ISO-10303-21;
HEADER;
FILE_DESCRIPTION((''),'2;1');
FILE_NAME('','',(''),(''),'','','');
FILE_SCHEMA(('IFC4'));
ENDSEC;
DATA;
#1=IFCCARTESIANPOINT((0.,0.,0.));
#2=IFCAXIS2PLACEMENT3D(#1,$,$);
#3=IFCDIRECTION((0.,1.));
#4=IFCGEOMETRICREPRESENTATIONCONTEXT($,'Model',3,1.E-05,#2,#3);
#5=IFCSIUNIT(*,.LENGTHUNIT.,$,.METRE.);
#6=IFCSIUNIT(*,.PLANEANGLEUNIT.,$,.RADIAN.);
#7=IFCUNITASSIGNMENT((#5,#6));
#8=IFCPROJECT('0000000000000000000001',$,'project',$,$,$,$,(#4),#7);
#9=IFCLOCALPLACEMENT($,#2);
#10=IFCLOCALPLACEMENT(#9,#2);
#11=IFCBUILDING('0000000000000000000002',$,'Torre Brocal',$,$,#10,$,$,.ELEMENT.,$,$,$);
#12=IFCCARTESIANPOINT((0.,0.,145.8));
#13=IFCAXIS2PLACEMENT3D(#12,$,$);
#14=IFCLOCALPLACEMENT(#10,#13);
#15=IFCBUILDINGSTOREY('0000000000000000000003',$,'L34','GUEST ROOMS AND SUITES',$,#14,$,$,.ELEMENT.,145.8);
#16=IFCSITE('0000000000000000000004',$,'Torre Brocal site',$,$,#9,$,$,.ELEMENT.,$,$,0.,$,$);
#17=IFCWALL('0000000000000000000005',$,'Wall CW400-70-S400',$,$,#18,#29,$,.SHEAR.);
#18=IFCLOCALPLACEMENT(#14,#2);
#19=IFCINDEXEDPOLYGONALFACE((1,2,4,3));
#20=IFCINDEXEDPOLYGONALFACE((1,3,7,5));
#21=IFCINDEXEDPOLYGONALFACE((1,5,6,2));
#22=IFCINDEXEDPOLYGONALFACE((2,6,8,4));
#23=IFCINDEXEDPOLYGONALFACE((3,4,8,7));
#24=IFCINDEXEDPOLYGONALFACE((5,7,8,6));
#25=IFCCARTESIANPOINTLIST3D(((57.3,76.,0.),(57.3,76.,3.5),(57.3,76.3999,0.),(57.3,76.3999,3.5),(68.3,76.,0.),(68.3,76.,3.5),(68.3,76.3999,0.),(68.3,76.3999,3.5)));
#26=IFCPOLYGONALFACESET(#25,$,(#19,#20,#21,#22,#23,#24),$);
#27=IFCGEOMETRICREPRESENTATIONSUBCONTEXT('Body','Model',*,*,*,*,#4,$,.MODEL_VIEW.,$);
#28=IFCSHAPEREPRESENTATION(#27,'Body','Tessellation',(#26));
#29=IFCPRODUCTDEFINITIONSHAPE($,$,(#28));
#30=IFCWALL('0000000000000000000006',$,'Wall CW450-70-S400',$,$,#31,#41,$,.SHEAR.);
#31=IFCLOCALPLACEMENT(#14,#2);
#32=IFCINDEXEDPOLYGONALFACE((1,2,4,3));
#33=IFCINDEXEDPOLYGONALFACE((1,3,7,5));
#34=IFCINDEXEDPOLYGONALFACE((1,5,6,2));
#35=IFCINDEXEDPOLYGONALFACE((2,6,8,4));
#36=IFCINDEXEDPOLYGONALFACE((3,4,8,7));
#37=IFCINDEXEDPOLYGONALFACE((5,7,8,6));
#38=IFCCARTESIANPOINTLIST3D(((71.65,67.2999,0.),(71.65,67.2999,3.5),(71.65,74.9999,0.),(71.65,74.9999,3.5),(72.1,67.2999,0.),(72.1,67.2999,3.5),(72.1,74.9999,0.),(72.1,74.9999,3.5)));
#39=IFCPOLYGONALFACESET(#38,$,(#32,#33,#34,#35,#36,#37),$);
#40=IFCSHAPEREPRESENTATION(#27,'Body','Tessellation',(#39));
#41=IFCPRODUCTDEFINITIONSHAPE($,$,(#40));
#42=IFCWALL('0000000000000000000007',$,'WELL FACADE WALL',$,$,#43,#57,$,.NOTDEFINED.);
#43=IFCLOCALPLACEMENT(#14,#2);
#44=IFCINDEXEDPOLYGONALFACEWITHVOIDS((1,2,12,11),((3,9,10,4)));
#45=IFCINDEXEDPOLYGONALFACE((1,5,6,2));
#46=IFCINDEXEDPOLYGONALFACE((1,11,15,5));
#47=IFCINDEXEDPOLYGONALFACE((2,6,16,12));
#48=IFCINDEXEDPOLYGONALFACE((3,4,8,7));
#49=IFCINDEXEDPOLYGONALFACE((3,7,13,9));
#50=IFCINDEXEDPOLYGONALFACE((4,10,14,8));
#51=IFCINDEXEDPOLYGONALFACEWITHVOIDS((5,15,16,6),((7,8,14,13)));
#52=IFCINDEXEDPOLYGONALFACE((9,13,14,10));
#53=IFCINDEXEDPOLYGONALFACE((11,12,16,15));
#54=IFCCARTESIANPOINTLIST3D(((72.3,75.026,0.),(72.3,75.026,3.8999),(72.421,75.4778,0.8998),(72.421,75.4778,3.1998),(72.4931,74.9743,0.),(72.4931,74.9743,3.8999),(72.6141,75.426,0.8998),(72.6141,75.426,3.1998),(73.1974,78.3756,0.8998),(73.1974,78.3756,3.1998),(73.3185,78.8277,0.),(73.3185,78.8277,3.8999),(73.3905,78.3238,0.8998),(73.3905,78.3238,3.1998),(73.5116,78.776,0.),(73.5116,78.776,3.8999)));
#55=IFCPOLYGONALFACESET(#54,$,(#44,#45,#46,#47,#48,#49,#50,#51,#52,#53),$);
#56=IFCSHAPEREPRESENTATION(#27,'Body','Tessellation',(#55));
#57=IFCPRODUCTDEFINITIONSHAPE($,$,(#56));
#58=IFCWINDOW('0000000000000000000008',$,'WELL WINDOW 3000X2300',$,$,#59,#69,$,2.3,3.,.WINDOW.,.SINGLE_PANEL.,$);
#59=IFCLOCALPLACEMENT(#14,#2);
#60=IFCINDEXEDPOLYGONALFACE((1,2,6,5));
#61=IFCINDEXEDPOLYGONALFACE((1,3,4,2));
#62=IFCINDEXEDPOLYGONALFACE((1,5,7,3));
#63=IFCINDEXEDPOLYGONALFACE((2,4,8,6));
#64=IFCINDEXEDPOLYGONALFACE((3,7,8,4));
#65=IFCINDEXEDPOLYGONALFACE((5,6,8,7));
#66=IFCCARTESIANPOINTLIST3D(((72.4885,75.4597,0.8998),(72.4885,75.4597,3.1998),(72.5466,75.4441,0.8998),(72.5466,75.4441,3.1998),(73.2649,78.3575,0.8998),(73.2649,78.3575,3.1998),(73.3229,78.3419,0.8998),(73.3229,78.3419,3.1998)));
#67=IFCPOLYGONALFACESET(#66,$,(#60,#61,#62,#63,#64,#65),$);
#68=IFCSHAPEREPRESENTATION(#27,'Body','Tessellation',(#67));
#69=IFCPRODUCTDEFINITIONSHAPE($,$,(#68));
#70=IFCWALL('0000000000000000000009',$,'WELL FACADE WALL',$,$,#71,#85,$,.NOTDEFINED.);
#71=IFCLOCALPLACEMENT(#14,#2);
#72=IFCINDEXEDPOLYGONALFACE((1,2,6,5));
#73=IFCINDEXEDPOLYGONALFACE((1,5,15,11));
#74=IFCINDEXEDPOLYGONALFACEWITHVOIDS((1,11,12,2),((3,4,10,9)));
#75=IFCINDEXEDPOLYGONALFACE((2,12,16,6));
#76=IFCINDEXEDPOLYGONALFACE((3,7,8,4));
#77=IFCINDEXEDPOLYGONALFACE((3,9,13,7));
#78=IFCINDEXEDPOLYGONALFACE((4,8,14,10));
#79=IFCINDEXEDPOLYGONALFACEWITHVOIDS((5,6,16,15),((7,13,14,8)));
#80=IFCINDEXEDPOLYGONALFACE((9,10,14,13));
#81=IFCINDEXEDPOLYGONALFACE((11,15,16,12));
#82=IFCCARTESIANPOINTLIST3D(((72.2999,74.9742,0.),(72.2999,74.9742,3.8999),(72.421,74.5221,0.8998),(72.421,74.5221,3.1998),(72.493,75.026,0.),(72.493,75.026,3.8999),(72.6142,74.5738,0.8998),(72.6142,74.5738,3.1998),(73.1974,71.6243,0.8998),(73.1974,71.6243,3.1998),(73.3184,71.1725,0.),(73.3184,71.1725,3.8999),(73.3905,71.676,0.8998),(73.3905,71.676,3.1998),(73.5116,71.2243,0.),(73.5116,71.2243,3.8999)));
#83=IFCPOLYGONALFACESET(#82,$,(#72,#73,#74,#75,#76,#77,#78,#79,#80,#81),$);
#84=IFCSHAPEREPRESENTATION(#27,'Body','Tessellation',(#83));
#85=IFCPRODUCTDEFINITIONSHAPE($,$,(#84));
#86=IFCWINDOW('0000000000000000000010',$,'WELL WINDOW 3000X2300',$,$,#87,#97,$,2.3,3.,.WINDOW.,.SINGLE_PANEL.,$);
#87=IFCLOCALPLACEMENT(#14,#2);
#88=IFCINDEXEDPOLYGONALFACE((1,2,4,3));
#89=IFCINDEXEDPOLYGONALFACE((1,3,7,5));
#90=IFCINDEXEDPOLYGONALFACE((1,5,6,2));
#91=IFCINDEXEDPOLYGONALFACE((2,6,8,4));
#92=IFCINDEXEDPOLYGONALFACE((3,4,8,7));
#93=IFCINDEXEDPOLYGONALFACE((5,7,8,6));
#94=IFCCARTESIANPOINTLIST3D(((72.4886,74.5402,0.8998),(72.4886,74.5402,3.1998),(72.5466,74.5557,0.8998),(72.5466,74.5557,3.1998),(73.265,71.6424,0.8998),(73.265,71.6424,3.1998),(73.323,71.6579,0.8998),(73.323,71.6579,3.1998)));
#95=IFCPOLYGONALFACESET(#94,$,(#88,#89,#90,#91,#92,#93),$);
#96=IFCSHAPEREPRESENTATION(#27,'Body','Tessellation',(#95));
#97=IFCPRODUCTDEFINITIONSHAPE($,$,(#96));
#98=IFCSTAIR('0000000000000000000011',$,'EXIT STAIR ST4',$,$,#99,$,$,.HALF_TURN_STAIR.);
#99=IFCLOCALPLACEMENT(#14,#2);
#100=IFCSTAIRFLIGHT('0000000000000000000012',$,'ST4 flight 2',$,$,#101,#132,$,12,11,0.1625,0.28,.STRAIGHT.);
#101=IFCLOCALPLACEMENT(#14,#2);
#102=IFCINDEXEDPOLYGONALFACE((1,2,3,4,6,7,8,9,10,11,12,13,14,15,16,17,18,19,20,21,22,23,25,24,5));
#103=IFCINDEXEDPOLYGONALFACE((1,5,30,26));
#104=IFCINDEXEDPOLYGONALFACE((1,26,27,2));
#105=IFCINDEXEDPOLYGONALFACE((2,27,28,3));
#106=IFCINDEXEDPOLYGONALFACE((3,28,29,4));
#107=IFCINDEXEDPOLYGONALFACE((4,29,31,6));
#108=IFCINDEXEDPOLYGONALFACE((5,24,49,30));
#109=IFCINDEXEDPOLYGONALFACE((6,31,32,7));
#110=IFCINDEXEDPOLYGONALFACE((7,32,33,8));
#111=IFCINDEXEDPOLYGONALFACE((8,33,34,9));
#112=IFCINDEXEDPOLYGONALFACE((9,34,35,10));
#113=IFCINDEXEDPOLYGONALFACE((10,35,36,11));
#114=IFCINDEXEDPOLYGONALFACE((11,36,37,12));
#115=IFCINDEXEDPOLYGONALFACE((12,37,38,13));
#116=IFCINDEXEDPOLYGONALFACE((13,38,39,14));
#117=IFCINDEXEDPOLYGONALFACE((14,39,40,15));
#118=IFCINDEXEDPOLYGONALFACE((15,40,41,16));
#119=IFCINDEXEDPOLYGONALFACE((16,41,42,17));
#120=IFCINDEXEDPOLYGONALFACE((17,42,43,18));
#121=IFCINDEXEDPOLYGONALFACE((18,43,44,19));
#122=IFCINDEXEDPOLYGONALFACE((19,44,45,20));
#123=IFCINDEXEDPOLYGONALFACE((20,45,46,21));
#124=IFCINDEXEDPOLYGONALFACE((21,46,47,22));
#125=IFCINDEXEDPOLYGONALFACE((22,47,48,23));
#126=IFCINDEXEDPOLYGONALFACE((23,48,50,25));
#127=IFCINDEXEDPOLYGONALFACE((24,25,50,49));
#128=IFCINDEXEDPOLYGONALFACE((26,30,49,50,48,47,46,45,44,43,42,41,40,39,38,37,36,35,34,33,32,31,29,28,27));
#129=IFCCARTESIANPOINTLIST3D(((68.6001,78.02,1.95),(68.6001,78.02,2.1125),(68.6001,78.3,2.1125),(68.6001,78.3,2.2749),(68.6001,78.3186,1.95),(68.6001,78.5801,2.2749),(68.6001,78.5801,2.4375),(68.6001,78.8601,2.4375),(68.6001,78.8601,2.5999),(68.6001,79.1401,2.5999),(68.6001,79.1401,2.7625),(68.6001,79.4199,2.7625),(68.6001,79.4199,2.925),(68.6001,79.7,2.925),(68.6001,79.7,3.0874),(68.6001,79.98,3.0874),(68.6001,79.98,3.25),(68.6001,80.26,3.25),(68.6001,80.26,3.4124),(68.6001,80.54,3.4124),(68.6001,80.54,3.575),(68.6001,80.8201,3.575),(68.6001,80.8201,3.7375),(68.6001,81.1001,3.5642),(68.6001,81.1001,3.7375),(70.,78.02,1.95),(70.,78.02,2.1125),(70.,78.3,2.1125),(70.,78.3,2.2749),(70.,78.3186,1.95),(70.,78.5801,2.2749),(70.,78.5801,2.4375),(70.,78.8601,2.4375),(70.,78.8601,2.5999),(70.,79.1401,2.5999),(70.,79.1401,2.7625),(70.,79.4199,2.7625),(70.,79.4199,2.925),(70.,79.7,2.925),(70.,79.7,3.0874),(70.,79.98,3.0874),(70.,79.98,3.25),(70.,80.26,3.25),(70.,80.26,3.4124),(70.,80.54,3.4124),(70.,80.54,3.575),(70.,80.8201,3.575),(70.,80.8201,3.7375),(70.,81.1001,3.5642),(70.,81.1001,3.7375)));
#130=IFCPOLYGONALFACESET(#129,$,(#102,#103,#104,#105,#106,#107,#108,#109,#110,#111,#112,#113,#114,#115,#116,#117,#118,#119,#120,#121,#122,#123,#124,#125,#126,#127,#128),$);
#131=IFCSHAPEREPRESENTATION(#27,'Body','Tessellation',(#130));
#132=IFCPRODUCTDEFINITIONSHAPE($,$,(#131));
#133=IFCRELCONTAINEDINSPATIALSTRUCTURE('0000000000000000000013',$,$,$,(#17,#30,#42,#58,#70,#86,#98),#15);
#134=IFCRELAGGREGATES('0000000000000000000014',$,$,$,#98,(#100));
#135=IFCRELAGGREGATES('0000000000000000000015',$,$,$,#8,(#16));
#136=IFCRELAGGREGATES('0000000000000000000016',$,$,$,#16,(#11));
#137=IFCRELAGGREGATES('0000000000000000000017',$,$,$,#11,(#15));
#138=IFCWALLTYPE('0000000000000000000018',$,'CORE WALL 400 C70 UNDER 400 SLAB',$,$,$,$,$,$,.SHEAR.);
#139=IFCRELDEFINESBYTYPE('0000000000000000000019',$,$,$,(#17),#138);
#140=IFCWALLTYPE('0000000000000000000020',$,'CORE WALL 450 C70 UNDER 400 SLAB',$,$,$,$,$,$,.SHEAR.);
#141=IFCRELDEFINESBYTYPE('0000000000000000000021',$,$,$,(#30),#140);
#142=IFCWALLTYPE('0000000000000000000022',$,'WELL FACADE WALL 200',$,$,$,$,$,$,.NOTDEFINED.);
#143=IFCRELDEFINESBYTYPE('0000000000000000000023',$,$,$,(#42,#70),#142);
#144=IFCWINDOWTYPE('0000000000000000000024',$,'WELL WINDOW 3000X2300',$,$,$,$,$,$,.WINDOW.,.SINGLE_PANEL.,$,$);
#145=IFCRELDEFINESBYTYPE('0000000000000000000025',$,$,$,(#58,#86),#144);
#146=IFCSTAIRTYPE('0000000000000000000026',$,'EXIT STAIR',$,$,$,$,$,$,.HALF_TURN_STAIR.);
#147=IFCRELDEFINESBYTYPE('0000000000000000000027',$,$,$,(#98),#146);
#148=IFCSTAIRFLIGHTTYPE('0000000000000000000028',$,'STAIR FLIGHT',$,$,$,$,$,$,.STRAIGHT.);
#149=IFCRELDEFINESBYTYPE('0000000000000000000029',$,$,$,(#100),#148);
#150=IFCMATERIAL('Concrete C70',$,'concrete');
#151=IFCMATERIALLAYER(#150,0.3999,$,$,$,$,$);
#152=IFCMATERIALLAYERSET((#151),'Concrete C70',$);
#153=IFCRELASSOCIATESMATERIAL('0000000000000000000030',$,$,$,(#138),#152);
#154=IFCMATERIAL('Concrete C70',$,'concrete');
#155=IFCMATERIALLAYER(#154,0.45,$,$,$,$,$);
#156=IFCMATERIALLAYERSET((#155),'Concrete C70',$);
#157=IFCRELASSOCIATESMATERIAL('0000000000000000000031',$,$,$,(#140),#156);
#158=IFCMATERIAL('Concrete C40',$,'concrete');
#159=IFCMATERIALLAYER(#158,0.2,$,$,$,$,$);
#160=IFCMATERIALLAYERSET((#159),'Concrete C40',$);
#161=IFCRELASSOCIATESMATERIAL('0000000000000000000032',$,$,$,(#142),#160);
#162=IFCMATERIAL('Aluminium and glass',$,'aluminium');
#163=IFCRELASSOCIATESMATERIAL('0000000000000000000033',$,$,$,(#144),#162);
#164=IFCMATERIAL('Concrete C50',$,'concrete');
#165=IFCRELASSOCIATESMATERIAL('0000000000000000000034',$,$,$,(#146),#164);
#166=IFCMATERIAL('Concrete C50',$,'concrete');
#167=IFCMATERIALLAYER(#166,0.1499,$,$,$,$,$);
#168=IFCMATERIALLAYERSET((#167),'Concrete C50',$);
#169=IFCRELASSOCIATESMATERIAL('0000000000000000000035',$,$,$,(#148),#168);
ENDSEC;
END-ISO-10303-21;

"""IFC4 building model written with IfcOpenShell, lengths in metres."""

from ifc_helpers import new_model, si_unit, direction, frame, frame_2d, origin, place, context, subcontext, project, spatial, polyline, rectangle, outline, extrude, material, layer, layer_set, type_object, element, fill, aggregate, save


model = new_model("IFC4")

# Units and contexts
model_context = context("Model", 3, precision=1e-05, world=origin(), true_north=direction((0.0, 1.0)))
body_context = subcontext(model_context, "Body", "Model", "MODEL_VIEW")
ifc_project = project(units=[si_unit("LENGTHUNIT", "METRE"), si_unit("PLANEANGLEUNIT", "RADIAN")], contexts=[model_context])

# Site, building, storey
site_placement = place(None, origin())
site = spatial("IfcSite", under=ifc_project, at=site_placement, Name="Torre Brocal site", CompositionType="ELEMENT", RefElevation=0.0)
building_placement = place(site_placement, origin())
building = spatial("IfcBuilding", under=site, at=building_placement, Name="Torre Brocal", CompositionType="ELEMENT")
storey_placement = place(building_placement, frame((0.0, 0.0, 145.8)))
storey = spatial("IfcBuildingStorey", under=building, at=storey_placement, Name="L34", Description="GUEST ROOMS AND SUITES", CompositionType="ELEMENT", Elevation=145.8)

# Walls
ifc_material_1 = material(Name="Concrete C70", Category="concrete")
ifc_layer_1 = layer(ifc_material_1, 0.3999)
ifc_layer_set_1 = layer_set([ifc_layer_1], Name="Concrete C70")
wall_type_1 = type_object("IfcWallType", Name="CORE WALL 400 C70 UNDER 400 SLAB", PredefinedType="SHEAR", material=ifc_layer_set_1)
wall_1_placement = place(storey_placement, frame((68.3, 76.2, 0.0), z_axis=(0.0, 0.0, 1.0), x_axis=(-1.0, 0.0, 0.0)))
element("IfcWall", 1, at=wall_1_placement, inside=storey, type_object=wall_type_1, Name="Wall CW400-70-S400", PredefinedType="SHEAR", context=body_context, shape_type="SweptSolid", body=[
    extrude(rectangle(XDim=11.0, YDim=0.3999, at=frame_2d((5.5, 0.0))), origin(), (0.0, 0.0, 1.0), 3.5),
])
ifc_material_2 = material(Name="Concrete C70", Category="concrete")
ifc_layer_2 = layer(ifc_material_2, 0.45)
ifc_layer_set_2 = layer_set([ifc_layer_2], Name="Concrete C70")
wall_type_2 = type_object("IfcWallType", Name="CORE WALL 450 C70 UNDER 400 SLAB", PredefinedType="SHEAR", material=ifc_layer_set_2)
wall_2_placement = place(storey_placement, frame((71.875, 75.0, 0.0), z_axis=(0.0, 0.0, 1.0), x_axis=(0.0, -1.0, 0.0)))
element("IfcWall", 2, at=wall_2_placement, inside=storey, type_object=wall_type_2, Name="Wall CW450-70-S400", PredefinedType="SHEAR", context=body_context, shape_type="SweptSolid", body=[
    extrude(rectangle(XDim=7.7, YDim=0.45, at=frame_2d((3.8501, 0.0))), origin(), (0.0, 0.0, 1.0), 3.5),
])

# Walls, openings, windows
ifc_material_3 = material(Name="Concrete C40", Category="concrete")
ifc_layer_3 = layer(ifc_material_3, 0.2)
ifc_layer_set_3 = layer_set([ifc_layer_3], Name="Concrete C40")
wall_type_3 = type_object("IfcWallType", Name="WELL FACADE WALL 200", PredefinedType="NOTDEFINED", material=ifc_layer_set_3)
wall_3_placement = place(storey_placement, frame((73.415, 78.8018, 0.0), z_axis=(0.0, 0.0, 1.0), x_axis=(-0.25879, -0.965934, 0.0)))
wall_3 = element("IfcWall", 3, at=wall_3_placement, inside=storey, type_object=wall_type_3, Name="WELL FACADE WALL", PredefinedType="NOTDEFINED", context=body_context, shape_type="SweptSolid", body=[
    extrude(rectangle(XDim=3.9358, YDim=0.2, at=frame_2d((1.9678, 0.0))), origin(), (0.0, 0.0, 1.0), 3.8999),
])
opening_1_placement = place(wall_3_placement, frame((0.468, 0.0, 0.8999)))
opening_1 = element("IfcOpeningElement", 4, at=opening_1_placement, cuts=wall_3, PredefinedType="OPENING", context=body_context, shape_type="SweptSolid", body=[
    extrude(rectangle(XDim=3.0, YDim=2.3, at=frame_2d((1.5, 1.1499))), frame((0.0, 0.1099, 0.0), z_axis=(0.0, -1.0, 0.0), x_axis=(1.0, 0.0, 0.0)), (0.0, 0.0, 1.0), 0.22),
])
ifc_material_4 = material(Name="Aluminium and glass", Category="aluminium")
window_type = type_object("IfcWindowType", Name="WELL WINDOW 3000X2300", PartitioningType="SINGLE_PANEL", PredefinedType="WINDOW", material=ifc_material_4)
window_1_placement = place(opening_1_placement, origin())
window_1 = element("IfcWindow", 5, at=window_1_placement, inside=storey, type_object=window_type, Name="WELL WINDOW 3000X2300", OverallHeight=2.3, OverallWidth=3.0, PartitioningType="SINGLE_PANEL", PredefinedType="WINDOW", context=body_context, shape_type="SweptSolid", body=[
    extrude(rectangle(XDim=3.0, YDim=2.3, at=frame_2d((1.5, 1.1499))), frame((0.0, 0.03, 0.0), z_axis=(0.0, -1.0, 0.0), x_axis=(1.0, 0.0, 0.0)), (0.0, 0.0, 1.0), 0.0601),
])
fill(opening_1, window_1)
wall_4_placement = place(storey_placement, frame((72.3965, 75.0, 0.0), z_axis=(0.0, 0.0, 1.0), x_axis=(0.25879, -0.965934, 0.0)))
wall_4 = element("IfcWall", 6, at=wall_4_placement, inside=storey, type_object=wall_type_3, Name="WELL FACADE WALL", PredefinedType="NOTDEFINED", context=body_context, shape_type="SweptSolid", body=[
    extrude(rectangle(XDim=3.9358, YDim=0.2, at=frame_2d((1.9678, 0.0))), origin(), (0.0, 0.0, 1.0), 3.8999),
])
opening_2_placement = place(wall_4_placement, frame((0.468, 0.0, 0.8999)))
opening_2 = element("IfcOpeningElement", 7, at=opening_2_placement, cuts=wall_4, PredefinedType="OPENING", context=body_context, shape_type="SweptSolid", body=[
    extrude(rectangle(XDim=3.0, YDim=2.3, at=frame_2d((1.5, 1.1499))), frame((0.0, 0.1099, 0.0), z_axis=(0.0, -1.0, 0.0), x_axis=(1.0, 0.0, 0.0)), (0.0, 0.0, 1.0), 0.22),
])
window_2_placement = place(opening_2_placement, origin())
window_2 = element("IfcWindow", 8, at=window_2_placement, inside=storey, type_object=window_type, Name="WELL WINDOW 3000X2300", OverallHeight=2.3, OverallWidth=3.0, PartitioningType="SINGLE_PANEL", PredefinedType="WINDOW", context=body_context, shape_type="SweptSolid", body=[
    extrude(rectangle(XDim=3.0, YDim=2.3, at=frame_2d((1.5, 1.1499))), frame((0.0, 0.03, 0.0), z_axis=(0.0, -1.0, 0.0), x_axis=(1.0, 0.0, 0.0)), (0.0, 0.0, 1.0), 0.0601),
])
fill(opening_2, window_2)

# Stair, stair flight
ifc_material_5 = material(Name="Concrete C50", Category="concrete")
stair_type = type_object("IfcStairType", Name="EXIT STAIR", PredefinedType="HALF_TURN_STAIR", material=ifc_material_5)
stair_placement = place(storey_placement, origin())
stair = element("IfcStair", 9, at=stair_placement, inside=storey, type_object=stair_type, Name="EXIT STAIR ST4", PredefinedType="HALF_TURN_STAIR")
ifc_material_6 = material(Name="Concrete C50", Category="concrete")
ifc_layer_4 = layer(ifc_material_6, 0.1499)
ifc_layer_set_4 = layer_set([ifc_layer_4], Name="Concrete C50")
stair_flight_type = type_object("IfcStairFlightType", Name="STAIR FLIGHT", PredefinedType="STRAIGHT", material=ifc_layer_set_4)
stair_flight_placement = place(storey_placement, frame((69.3, 78.02, 1.95), z_axis=(0.0, 0.0, 1.0), x_axis=(0.0, 1.0, 0.0)))
stair_flight = element("IfcStairFlight", 10, at=stair_flight_placement, type_object=stair_flight_type, Name="ST4 flight 2", NumberOfRisers=12, NumberOfTreads=11, PredefinedType="STRAIGHT", RiserHeight=0.1625, TreadLength=0.28, context=body_context, shape_type="SweptSolid", body=[
    extrude(outline(polyline([(0.0, 0.0), (0.0, 0.1626), (0.28, 0.1626), (0.28, 0.325), (0.5601, 0.325), (0.5601, 0.4875), (0.8401, 0.4875), (0.8401, 0.6499), (1.1201, 0.6499), (1.1201, 0.8125), (1.3999, 0.8125), (1.3999, 0.9751), (1.6799, 0.9751), (1.6799, 1.1375), (1.96, 1.1375), (1.96, 1.3), (2.24, 1.3), (2.24, 1.4624), (2.52, 1.4624), (2.52, 1.625), (2.8, 1.625), (2.8, 1.7876), (3.0801, 1.7876), (3.0801, 1.95), (3.0801, 1.6143), (0.2986, 0.0), (0.0, 0.0)])), frame((0.0, 0.7, 0.0), z_axis=(0.0, -1.0, 0.0), x_axis=(1.0, 0.0, 0.0)), (0.0, 0.0, 1.0), 1.3999),
])
aggregate(stair, [stair_flight])

save(model, "model.ifc")
